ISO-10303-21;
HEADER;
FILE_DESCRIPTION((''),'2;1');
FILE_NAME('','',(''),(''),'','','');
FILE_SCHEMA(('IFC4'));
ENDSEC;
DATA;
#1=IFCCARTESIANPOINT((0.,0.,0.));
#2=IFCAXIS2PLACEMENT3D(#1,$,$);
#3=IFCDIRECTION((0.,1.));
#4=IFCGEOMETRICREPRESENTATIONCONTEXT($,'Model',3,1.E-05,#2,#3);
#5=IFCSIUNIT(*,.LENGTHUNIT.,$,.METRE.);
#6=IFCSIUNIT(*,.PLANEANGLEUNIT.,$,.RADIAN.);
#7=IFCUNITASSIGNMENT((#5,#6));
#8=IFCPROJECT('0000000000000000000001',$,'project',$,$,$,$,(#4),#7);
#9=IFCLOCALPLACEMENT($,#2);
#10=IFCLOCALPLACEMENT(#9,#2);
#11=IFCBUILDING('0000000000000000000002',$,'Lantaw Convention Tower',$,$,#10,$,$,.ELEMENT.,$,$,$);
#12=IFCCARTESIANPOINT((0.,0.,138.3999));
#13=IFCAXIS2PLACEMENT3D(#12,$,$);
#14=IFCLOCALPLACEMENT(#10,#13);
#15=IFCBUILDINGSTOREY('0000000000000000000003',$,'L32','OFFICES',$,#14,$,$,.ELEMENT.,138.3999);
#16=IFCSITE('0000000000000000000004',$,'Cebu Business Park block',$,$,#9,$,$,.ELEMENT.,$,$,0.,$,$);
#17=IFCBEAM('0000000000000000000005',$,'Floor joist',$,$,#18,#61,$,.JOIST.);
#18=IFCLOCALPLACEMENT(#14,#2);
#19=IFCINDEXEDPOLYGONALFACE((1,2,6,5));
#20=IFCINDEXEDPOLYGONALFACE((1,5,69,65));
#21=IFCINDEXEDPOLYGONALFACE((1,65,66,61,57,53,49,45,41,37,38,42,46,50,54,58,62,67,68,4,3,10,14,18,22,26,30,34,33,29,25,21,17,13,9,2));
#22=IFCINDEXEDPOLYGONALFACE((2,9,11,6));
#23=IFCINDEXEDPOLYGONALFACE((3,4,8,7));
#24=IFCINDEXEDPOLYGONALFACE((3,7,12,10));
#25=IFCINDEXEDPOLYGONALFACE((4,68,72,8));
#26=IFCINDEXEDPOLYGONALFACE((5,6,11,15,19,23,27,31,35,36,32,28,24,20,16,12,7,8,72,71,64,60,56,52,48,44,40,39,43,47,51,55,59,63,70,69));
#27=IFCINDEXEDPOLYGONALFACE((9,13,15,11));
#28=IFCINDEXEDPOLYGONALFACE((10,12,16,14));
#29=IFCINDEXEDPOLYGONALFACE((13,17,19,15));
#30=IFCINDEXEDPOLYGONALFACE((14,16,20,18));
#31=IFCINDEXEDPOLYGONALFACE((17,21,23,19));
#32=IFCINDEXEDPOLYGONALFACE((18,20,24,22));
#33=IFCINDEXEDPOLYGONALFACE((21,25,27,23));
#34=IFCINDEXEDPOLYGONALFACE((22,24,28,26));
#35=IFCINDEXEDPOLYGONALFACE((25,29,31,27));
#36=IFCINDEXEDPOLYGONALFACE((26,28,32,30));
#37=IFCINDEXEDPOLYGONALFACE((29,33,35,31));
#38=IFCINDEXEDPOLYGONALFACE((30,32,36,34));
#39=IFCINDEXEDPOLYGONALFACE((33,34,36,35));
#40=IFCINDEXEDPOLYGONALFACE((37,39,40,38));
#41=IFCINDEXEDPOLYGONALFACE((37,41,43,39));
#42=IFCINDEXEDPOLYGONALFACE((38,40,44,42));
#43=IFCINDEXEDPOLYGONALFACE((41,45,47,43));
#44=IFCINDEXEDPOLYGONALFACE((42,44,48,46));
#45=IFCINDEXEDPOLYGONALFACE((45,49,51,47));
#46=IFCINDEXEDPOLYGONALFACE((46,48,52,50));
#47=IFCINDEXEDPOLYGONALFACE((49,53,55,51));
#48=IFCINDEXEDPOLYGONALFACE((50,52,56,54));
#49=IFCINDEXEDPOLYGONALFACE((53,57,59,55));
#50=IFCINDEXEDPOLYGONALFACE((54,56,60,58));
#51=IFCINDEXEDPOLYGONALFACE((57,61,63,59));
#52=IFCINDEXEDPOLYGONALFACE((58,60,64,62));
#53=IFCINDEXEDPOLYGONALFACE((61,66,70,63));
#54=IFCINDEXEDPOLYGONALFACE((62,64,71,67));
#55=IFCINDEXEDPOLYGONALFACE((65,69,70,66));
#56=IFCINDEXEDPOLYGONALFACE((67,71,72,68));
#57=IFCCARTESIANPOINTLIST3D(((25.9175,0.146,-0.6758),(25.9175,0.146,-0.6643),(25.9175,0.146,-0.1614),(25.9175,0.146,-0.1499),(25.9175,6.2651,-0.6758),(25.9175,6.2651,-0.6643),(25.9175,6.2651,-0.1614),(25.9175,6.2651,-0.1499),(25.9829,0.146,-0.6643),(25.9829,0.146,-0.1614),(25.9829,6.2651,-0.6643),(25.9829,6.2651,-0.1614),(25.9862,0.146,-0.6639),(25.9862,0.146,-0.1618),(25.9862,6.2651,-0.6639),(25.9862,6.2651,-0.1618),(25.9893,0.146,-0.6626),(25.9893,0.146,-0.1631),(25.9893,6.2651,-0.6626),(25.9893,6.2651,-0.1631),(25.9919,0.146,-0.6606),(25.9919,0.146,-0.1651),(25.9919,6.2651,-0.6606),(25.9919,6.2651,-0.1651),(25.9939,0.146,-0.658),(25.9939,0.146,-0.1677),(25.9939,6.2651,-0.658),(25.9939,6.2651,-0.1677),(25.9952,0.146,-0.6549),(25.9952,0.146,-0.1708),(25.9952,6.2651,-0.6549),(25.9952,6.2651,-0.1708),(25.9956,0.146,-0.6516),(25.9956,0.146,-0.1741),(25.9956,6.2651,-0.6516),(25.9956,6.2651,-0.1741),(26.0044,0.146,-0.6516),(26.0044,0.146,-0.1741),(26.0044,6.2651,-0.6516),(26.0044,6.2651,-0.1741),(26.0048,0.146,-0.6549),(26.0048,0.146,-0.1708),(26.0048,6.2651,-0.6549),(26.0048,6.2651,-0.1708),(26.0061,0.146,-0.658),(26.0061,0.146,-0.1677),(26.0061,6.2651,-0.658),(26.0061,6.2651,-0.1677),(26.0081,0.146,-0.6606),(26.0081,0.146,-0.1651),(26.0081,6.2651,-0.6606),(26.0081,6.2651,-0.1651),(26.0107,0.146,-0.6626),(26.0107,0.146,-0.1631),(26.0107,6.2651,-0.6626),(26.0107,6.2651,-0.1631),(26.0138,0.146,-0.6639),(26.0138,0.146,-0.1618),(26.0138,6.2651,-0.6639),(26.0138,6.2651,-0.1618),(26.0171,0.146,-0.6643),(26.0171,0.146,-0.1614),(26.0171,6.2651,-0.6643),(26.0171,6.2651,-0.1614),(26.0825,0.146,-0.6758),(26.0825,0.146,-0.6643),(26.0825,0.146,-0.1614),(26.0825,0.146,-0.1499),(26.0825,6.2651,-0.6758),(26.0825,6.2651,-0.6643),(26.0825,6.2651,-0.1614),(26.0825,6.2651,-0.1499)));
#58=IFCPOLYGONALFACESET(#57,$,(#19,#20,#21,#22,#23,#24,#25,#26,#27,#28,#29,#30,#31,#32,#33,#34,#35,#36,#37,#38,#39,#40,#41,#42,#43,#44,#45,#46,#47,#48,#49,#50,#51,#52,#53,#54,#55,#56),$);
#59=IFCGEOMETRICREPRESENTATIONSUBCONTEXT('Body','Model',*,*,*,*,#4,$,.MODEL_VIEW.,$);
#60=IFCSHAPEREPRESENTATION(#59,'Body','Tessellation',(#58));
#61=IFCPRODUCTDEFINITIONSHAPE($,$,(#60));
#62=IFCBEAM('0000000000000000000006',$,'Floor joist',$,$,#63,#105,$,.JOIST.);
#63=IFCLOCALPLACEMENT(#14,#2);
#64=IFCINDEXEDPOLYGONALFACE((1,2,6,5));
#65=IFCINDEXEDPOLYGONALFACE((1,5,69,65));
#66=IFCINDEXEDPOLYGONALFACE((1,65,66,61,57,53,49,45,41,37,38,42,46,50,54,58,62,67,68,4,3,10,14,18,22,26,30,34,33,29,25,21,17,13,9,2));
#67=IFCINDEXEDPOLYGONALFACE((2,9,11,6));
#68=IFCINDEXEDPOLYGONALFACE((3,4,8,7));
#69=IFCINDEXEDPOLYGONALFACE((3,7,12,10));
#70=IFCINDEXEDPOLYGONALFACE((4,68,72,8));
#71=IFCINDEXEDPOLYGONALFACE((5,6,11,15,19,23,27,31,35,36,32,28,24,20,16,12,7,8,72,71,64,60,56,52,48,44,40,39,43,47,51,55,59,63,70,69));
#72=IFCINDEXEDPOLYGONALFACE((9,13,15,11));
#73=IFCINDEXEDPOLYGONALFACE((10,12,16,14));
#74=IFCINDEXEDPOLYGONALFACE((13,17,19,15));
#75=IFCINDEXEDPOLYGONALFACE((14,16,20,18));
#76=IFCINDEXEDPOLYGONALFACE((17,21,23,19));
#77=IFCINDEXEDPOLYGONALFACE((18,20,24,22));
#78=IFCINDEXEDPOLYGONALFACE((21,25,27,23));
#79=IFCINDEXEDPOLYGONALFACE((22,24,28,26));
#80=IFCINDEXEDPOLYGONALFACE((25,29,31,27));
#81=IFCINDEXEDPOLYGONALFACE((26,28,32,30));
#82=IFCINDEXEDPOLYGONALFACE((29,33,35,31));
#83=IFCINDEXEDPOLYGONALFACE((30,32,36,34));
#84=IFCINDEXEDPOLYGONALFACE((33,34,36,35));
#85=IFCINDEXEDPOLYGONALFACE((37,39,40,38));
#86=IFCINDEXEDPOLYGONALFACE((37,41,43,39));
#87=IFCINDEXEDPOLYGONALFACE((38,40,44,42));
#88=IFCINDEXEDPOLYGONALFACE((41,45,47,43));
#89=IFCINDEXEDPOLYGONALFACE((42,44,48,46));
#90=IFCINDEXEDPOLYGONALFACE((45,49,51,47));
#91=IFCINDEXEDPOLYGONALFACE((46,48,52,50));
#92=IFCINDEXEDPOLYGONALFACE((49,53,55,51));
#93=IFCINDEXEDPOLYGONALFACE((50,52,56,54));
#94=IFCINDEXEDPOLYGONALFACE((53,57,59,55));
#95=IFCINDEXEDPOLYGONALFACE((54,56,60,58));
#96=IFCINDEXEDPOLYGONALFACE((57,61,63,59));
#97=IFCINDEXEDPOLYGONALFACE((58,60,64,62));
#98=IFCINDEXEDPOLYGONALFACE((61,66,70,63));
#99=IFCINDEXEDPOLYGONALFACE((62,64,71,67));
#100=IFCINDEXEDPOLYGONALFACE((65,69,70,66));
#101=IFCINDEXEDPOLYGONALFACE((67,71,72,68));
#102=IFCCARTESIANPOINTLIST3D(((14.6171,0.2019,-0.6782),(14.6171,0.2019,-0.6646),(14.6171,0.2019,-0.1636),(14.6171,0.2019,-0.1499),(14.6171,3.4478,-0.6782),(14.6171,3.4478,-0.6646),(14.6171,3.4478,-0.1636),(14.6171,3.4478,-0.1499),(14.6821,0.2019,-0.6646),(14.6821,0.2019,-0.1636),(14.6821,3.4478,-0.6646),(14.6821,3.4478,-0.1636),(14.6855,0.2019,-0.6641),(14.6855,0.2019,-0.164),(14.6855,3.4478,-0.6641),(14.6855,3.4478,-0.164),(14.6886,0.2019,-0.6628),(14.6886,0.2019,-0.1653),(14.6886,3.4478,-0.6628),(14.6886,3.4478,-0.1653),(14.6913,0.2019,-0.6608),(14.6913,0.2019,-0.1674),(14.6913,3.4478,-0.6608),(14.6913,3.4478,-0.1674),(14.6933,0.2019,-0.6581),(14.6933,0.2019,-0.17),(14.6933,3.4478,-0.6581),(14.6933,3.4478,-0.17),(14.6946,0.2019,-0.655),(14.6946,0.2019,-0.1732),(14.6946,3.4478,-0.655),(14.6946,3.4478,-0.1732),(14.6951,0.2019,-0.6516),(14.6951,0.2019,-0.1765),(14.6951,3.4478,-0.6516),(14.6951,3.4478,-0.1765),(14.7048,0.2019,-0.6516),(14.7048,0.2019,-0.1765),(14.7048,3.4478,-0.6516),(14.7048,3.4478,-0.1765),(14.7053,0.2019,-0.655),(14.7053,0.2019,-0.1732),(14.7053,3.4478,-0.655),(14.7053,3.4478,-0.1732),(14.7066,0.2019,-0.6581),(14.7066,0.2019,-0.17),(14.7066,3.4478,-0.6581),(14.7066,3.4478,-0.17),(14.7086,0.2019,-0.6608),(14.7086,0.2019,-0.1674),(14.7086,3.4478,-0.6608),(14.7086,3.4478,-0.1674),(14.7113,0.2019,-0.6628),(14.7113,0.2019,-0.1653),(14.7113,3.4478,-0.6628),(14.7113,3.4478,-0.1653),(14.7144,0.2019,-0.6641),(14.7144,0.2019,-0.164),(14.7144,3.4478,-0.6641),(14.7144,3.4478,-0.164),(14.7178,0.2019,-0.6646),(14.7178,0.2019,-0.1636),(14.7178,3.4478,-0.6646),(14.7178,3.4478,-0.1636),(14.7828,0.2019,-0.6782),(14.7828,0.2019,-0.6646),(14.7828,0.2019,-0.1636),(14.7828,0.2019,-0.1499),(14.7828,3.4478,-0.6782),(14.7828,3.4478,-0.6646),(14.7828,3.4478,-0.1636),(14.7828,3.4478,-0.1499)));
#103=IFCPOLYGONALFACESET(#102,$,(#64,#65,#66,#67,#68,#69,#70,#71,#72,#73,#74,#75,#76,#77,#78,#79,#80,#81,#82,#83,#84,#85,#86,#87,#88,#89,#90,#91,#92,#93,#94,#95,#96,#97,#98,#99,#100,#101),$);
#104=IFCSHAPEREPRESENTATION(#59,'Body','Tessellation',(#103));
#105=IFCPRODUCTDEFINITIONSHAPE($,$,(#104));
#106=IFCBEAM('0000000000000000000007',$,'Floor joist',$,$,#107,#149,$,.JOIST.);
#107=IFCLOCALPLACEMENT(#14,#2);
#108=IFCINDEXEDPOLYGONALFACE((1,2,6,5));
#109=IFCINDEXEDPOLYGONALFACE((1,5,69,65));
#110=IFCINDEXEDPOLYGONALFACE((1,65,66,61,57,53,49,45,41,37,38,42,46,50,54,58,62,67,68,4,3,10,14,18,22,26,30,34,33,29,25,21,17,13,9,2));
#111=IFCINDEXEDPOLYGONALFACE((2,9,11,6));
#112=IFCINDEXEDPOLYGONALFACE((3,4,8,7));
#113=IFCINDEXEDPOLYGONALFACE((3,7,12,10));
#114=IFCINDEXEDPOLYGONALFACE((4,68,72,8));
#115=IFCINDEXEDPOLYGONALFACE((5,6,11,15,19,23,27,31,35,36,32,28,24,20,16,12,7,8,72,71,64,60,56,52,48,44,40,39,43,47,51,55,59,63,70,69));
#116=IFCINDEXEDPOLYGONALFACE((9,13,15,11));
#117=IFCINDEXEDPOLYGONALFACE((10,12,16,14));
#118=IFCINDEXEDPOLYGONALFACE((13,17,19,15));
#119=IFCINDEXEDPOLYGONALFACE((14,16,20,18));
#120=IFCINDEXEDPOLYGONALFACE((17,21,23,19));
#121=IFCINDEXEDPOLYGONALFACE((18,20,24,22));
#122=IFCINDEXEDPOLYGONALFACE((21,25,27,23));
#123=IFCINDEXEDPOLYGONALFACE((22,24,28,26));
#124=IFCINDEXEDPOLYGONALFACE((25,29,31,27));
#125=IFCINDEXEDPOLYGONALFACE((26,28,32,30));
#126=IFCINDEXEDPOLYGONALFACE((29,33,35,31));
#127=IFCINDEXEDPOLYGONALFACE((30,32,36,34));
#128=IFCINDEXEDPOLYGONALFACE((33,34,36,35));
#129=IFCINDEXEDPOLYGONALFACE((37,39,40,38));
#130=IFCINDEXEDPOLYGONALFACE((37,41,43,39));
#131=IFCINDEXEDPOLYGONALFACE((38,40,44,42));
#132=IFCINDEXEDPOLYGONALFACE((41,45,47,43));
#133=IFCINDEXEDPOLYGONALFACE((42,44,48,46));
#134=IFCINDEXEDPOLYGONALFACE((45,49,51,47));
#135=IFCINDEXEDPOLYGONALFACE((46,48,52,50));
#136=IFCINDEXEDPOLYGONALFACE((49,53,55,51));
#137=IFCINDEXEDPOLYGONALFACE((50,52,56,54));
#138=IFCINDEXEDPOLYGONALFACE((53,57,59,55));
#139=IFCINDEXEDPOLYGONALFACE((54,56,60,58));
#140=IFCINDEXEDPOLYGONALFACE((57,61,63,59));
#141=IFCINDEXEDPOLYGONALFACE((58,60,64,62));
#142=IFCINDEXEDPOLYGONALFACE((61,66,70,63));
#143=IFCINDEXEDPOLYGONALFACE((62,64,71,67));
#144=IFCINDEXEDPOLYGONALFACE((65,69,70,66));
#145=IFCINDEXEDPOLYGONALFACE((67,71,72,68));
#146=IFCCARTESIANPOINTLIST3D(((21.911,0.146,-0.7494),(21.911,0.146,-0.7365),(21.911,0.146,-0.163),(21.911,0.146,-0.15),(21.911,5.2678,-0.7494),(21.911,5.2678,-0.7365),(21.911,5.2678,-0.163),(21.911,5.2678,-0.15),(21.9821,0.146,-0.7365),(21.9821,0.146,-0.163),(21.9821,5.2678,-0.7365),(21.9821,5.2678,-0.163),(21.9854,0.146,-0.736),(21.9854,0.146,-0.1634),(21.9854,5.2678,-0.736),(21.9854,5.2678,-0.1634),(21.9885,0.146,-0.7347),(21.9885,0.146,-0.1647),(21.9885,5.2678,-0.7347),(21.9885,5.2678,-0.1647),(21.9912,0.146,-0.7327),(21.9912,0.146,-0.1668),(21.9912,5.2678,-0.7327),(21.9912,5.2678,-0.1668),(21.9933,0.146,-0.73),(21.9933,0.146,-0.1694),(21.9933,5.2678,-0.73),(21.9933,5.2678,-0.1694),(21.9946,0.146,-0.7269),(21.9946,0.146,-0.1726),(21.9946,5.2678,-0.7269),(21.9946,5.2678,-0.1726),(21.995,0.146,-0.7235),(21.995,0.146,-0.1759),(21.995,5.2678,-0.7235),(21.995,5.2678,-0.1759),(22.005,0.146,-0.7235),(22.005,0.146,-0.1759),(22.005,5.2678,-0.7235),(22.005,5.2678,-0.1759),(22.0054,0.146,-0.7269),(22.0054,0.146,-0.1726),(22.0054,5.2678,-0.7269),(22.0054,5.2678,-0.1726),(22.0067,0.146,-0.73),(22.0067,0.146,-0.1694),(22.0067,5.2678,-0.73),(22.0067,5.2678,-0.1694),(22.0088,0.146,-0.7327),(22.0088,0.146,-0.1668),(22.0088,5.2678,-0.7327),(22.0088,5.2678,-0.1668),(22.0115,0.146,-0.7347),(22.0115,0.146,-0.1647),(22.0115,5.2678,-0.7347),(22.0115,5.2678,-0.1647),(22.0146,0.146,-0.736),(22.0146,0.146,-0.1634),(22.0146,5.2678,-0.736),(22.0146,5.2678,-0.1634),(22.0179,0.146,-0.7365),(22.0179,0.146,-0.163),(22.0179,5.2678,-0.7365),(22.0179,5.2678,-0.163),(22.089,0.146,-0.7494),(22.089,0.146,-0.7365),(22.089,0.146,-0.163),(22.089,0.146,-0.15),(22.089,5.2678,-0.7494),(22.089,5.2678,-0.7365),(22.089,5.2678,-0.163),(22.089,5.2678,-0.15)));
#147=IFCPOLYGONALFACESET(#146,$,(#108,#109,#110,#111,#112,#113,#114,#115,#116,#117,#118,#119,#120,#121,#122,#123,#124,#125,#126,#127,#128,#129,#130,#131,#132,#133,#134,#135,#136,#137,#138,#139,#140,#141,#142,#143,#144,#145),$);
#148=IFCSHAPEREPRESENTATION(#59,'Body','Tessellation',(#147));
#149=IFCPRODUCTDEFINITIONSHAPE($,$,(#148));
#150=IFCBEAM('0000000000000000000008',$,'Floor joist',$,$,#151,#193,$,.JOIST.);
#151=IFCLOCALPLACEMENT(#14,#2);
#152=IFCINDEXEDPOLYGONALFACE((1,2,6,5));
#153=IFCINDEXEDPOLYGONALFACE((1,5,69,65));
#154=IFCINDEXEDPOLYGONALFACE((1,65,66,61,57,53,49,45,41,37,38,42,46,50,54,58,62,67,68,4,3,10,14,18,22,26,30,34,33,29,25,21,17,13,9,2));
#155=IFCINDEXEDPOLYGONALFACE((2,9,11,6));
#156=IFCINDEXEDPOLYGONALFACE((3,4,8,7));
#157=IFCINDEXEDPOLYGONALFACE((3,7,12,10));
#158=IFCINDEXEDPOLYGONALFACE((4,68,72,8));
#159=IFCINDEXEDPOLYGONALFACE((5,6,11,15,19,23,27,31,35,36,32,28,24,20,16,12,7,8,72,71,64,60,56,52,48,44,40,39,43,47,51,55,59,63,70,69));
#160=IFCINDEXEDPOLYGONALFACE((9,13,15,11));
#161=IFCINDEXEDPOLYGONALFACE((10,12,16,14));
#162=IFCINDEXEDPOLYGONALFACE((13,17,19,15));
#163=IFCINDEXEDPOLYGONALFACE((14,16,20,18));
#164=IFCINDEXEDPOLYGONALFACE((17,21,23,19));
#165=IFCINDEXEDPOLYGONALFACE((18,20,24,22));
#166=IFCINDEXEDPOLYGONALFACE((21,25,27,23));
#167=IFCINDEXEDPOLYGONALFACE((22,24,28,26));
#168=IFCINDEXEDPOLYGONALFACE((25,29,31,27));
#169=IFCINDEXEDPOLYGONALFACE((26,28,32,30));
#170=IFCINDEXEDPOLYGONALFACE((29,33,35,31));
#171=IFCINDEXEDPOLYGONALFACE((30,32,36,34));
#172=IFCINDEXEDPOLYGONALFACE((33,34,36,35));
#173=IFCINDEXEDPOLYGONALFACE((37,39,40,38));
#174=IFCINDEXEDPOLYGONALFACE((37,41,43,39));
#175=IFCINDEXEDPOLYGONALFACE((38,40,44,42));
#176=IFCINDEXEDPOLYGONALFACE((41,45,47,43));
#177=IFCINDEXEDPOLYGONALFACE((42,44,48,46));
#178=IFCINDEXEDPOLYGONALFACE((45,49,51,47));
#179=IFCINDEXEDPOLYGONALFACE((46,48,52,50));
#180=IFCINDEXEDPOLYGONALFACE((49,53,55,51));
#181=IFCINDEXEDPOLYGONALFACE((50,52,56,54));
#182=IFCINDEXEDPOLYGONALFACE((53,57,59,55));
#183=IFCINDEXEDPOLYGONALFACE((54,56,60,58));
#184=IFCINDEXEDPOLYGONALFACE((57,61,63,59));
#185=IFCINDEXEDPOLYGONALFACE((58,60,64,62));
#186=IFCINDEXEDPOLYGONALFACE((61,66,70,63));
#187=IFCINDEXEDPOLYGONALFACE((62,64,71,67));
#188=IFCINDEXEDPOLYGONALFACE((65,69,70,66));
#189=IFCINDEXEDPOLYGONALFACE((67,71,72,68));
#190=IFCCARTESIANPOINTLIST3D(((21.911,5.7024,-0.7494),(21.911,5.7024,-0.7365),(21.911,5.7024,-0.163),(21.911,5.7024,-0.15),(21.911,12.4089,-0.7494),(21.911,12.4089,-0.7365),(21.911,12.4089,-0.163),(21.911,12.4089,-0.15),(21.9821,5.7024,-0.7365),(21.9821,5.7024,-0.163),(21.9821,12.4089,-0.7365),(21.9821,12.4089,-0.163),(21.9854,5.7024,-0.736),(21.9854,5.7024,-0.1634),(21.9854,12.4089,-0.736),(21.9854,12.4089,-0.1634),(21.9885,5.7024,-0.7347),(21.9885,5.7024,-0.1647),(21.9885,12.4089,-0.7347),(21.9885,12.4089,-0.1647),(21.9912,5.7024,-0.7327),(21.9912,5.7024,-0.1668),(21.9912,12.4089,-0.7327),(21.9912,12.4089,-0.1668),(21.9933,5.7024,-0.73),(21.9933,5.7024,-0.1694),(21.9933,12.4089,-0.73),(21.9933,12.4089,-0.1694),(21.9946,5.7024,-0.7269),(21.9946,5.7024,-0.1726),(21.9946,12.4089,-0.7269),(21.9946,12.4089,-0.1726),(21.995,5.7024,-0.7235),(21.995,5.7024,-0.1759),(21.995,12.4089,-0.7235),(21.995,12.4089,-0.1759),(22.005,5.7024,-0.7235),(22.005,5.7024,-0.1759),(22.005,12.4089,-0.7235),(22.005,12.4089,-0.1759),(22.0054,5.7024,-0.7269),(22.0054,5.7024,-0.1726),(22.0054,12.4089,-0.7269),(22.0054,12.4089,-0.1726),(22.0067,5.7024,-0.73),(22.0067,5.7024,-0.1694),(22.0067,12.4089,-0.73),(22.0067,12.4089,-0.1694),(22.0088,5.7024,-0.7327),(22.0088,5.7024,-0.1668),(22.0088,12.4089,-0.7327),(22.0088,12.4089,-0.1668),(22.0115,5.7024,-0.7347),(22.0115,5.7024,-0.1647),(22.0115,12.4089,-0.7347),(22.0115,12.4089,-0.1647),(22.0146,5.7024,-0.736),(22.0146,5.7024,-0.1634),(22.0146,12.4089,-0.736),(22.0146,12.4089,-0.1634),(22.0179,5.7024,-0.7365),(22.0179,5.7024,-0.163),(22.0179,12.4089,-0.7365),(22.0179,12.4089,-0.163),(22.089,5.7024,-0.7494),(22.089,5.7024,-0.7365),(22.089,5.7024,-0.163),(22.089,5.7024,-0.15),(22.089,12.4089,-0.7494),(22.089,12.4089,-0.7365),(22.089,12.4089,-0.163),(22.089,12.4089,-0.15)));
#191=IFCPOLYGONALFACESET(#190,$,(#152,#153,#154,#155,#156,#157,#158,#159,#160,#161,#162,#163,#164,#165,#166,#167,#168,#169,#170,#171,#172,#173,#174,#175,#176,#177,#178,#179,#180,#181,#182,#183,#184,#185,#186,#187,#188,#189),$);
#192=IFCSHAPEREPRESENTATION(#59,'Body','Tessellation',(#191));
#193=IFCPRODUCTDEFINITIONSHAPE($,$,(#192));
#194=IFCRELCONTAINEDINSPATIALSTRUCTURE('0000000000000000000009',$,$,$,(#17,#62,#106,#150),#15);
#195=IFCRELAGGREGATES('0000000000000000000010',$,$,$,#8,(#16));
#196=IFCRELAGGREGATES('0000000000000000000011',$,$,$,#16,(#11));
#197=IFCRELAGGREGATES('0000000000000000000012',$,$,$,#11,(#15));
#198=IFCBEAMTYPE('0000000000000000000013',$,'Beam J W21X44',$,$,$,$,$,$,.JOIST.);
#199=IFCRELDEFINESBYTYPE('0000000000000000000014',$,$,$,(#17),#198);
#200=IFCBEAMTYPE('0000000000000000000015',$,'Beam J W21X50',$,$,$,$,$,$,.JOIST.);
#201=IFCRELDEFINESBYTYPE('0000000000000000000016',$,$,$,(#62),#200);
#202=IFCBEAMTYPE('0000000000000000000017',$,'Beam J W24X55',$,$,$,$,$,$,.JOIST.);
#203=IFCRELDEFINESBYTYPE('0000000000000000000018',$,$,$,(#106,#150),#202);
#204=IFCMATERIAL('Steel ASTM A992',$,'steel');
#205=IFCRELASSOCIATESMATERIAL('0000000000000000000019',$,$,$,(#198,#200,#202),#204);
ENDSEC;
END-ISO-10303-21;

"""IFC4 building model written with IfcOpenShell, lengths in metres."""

from ifc_helpers import new_model, si_unit, direction, frame, origin, origin_2d, place, context, subcontext, project, spatial, i_section, extrude, material, material_profile, profile_set, type_object, element, save


model = new_model("IFC4")

# Units and contexts
model_context = context("Model", 3, precision=1e-05, world=origin(), true_north=direction((0.0, 1.0)))
body_context = subcontext(model_context, "Body", "Model", "MODEL_VIEW")
ifc_project = project(units=[si_unit("LENGTHUNIT", "METRE"), si_unit("PLANEANGLEUNIT", "RADIAN")], contexts=[model_context])

# Site, building, storey
site_placement = place(None, origin())
site = spatial("IfcSite", under=ifc_project, at=site_placement, Name="Cebu Business Park block", CompositionType="ELEMENT", RefElevation=0.0)
building_placement = place(site_placement, origin())
building = spatial("IfcBuilding", under=site, at=building_placement, Name="Lantaw Convention Tower", CompositionType="ELEMENT")
storey_placement = place(building_placement, frame((0.0, 0.0, 138.3999)))
storey = spatial("IfcBuildingStorey", under=building, at=storey_placement, Name="L32", Description="OFFICES", CompositionType="ELEMENT", Elevation=138.3999)

# Beams
ifc_material_1 = material(Name="Steel ASTM A992", Category="steel")
ifc_material_profile_1 = material_profile(ifc_material_1, i_section(OverallWidth=0.165, OverallDepth=0.5259, WebThickness=0.0088, FlangeThickness=0.0115, FilletRadius=0.0127, at=origin_2d()), Name="W21X44")
ifc_profile_set_1 = profile_set([ifc_material_profile_1], Name="Steel ASTM A992")
beam_type_1 = type_object("IfcBeamType", Name="Beam J W21X44", PredefinedType="JOIST", material=ifc_profile_set_1)
beam_1_placement = place(storey_placement, frame((26.0, 0.146, -0.4128), z_axis=(0.0, 1.0, 0.0), x_axis=(-1.0, 0.0, 0.0)))
element("IfcBeam", 1, at=beam_1_placement, inside=storey, type_object=beam_type_1, Name="Floor joist", PredefinedType="JOIST", context=body_context, shape_type="SweptSolid", body=[
    extrude(i_section(OverallWidth=0.165, OverallDepth=0.5259, WebThickness=0.0088, FlangeThickness=0.0115, FilletRadius=0.0127, at=origin_2d()), origin(), (0.0, 0.0, 1.0), 6.1191),
])
ifc_material_profile_2 = material_profile(ifc_material_1, i_section(OverallWidth=0.1658, OverallDepth=0.5283, WebThickness=0.0098, FlangeThickness=0.0137, FilletRadius=0.0129, at=origin_2d()), Name="W21X50")
ifc_profile_set_2 = profile_set([ifc_material_profile_2], Name="Steel ASTM A992")
beam_type_2 = type_object("IfcBeamType", Name="Beam J W21X50", PredefinedType="JOIST", material=ifc_profile_set_2)
beam_2_placement = place(storey_placement, frame((14.7, 0.2019, -0.4141), z_axis=(0.0, 1.0, 0.0), x_axis=(-1.0, 0.0, 0.0)))
element("IfcBeam", 2, at=beam_2_placement, inside=storey, type_object=beam_type_2, Name="Floor joist", PredefinedType="JOIST", context=body_context, shape_type="SweptSolid", body=[
    extrude(i_section(OverallWidth=0.1658, OverallDepth=0.5283, WebThickness=0.0098, FlangeThickness=0.0137, FilletRadius=0.0129, at=origin_2d()), origin(), (0.0, 0.0, 1.0), 3.2458),
])
ifc_material_profile_3 = material_profile(ifc_material_1, i_section(OverallWidth=0.178, OverallDepth=0.5994, WebThickness=0.01, FlangeThickness=0.0129, FilletRadius=0.0129, at=origin_2d()), Name="W24X55")
ifc_profile_set_3 = profile_set([ifc_material_profile_3], Name="Steel ASTM A992")
beam_type_3 = type_object("IfcBeamType", Name="Beam J W24X55", PredefinedType="JOIST", material=ifc_profile_set_3)
beam_3_placement = place(storey_placement, frame((22.0, 0.146, -0.4497), z_axis=(0.0, 1.0, 0.0), x_axis=(-1.0, 0.0, 0.0)))
element("IfcBeam", 3, at=beam_3_placement, inside=storey, type_object=beam_type_3, Name="Floor joist", PredefinedType="JOIST", context=body_context, shape_type="SweptSolid", body=[
    extrude(i_section(OverallWidth=0.178, OverallDepth=0.5994, WebThickness=0.01, FlangeThickness=0.0129, FilletRadius=0.0129, at=origin_2d()), origin(), (0.0, 0.0, 1.0), 5.1218),
])
beam_4_placement = place(storey_placement, frame((22.0, 5.7024, -0.4497), z_axis=(0.0, 1.0, 0.0), x_axis=(-1.0, 0.0, 0.0)))
element("IfcBeam", 4, at=beam_4_placement, inside=storey, type_object=beam_type_3, Name="Floor joist", PredefinedType="JOIST", context=body_context, shape_type="SweptSolid", body=[
    extrude(i_section(OverallWidth=0.178, OverallDepth=0.5994, WebThickness=0.01, FlangeThickness=0.0129, FilletRadius=0.0129, at=origin_2d()), origin(), (0.0, 0.0, 1.0), 6.7065),
])

save(model, "model.ifc")
